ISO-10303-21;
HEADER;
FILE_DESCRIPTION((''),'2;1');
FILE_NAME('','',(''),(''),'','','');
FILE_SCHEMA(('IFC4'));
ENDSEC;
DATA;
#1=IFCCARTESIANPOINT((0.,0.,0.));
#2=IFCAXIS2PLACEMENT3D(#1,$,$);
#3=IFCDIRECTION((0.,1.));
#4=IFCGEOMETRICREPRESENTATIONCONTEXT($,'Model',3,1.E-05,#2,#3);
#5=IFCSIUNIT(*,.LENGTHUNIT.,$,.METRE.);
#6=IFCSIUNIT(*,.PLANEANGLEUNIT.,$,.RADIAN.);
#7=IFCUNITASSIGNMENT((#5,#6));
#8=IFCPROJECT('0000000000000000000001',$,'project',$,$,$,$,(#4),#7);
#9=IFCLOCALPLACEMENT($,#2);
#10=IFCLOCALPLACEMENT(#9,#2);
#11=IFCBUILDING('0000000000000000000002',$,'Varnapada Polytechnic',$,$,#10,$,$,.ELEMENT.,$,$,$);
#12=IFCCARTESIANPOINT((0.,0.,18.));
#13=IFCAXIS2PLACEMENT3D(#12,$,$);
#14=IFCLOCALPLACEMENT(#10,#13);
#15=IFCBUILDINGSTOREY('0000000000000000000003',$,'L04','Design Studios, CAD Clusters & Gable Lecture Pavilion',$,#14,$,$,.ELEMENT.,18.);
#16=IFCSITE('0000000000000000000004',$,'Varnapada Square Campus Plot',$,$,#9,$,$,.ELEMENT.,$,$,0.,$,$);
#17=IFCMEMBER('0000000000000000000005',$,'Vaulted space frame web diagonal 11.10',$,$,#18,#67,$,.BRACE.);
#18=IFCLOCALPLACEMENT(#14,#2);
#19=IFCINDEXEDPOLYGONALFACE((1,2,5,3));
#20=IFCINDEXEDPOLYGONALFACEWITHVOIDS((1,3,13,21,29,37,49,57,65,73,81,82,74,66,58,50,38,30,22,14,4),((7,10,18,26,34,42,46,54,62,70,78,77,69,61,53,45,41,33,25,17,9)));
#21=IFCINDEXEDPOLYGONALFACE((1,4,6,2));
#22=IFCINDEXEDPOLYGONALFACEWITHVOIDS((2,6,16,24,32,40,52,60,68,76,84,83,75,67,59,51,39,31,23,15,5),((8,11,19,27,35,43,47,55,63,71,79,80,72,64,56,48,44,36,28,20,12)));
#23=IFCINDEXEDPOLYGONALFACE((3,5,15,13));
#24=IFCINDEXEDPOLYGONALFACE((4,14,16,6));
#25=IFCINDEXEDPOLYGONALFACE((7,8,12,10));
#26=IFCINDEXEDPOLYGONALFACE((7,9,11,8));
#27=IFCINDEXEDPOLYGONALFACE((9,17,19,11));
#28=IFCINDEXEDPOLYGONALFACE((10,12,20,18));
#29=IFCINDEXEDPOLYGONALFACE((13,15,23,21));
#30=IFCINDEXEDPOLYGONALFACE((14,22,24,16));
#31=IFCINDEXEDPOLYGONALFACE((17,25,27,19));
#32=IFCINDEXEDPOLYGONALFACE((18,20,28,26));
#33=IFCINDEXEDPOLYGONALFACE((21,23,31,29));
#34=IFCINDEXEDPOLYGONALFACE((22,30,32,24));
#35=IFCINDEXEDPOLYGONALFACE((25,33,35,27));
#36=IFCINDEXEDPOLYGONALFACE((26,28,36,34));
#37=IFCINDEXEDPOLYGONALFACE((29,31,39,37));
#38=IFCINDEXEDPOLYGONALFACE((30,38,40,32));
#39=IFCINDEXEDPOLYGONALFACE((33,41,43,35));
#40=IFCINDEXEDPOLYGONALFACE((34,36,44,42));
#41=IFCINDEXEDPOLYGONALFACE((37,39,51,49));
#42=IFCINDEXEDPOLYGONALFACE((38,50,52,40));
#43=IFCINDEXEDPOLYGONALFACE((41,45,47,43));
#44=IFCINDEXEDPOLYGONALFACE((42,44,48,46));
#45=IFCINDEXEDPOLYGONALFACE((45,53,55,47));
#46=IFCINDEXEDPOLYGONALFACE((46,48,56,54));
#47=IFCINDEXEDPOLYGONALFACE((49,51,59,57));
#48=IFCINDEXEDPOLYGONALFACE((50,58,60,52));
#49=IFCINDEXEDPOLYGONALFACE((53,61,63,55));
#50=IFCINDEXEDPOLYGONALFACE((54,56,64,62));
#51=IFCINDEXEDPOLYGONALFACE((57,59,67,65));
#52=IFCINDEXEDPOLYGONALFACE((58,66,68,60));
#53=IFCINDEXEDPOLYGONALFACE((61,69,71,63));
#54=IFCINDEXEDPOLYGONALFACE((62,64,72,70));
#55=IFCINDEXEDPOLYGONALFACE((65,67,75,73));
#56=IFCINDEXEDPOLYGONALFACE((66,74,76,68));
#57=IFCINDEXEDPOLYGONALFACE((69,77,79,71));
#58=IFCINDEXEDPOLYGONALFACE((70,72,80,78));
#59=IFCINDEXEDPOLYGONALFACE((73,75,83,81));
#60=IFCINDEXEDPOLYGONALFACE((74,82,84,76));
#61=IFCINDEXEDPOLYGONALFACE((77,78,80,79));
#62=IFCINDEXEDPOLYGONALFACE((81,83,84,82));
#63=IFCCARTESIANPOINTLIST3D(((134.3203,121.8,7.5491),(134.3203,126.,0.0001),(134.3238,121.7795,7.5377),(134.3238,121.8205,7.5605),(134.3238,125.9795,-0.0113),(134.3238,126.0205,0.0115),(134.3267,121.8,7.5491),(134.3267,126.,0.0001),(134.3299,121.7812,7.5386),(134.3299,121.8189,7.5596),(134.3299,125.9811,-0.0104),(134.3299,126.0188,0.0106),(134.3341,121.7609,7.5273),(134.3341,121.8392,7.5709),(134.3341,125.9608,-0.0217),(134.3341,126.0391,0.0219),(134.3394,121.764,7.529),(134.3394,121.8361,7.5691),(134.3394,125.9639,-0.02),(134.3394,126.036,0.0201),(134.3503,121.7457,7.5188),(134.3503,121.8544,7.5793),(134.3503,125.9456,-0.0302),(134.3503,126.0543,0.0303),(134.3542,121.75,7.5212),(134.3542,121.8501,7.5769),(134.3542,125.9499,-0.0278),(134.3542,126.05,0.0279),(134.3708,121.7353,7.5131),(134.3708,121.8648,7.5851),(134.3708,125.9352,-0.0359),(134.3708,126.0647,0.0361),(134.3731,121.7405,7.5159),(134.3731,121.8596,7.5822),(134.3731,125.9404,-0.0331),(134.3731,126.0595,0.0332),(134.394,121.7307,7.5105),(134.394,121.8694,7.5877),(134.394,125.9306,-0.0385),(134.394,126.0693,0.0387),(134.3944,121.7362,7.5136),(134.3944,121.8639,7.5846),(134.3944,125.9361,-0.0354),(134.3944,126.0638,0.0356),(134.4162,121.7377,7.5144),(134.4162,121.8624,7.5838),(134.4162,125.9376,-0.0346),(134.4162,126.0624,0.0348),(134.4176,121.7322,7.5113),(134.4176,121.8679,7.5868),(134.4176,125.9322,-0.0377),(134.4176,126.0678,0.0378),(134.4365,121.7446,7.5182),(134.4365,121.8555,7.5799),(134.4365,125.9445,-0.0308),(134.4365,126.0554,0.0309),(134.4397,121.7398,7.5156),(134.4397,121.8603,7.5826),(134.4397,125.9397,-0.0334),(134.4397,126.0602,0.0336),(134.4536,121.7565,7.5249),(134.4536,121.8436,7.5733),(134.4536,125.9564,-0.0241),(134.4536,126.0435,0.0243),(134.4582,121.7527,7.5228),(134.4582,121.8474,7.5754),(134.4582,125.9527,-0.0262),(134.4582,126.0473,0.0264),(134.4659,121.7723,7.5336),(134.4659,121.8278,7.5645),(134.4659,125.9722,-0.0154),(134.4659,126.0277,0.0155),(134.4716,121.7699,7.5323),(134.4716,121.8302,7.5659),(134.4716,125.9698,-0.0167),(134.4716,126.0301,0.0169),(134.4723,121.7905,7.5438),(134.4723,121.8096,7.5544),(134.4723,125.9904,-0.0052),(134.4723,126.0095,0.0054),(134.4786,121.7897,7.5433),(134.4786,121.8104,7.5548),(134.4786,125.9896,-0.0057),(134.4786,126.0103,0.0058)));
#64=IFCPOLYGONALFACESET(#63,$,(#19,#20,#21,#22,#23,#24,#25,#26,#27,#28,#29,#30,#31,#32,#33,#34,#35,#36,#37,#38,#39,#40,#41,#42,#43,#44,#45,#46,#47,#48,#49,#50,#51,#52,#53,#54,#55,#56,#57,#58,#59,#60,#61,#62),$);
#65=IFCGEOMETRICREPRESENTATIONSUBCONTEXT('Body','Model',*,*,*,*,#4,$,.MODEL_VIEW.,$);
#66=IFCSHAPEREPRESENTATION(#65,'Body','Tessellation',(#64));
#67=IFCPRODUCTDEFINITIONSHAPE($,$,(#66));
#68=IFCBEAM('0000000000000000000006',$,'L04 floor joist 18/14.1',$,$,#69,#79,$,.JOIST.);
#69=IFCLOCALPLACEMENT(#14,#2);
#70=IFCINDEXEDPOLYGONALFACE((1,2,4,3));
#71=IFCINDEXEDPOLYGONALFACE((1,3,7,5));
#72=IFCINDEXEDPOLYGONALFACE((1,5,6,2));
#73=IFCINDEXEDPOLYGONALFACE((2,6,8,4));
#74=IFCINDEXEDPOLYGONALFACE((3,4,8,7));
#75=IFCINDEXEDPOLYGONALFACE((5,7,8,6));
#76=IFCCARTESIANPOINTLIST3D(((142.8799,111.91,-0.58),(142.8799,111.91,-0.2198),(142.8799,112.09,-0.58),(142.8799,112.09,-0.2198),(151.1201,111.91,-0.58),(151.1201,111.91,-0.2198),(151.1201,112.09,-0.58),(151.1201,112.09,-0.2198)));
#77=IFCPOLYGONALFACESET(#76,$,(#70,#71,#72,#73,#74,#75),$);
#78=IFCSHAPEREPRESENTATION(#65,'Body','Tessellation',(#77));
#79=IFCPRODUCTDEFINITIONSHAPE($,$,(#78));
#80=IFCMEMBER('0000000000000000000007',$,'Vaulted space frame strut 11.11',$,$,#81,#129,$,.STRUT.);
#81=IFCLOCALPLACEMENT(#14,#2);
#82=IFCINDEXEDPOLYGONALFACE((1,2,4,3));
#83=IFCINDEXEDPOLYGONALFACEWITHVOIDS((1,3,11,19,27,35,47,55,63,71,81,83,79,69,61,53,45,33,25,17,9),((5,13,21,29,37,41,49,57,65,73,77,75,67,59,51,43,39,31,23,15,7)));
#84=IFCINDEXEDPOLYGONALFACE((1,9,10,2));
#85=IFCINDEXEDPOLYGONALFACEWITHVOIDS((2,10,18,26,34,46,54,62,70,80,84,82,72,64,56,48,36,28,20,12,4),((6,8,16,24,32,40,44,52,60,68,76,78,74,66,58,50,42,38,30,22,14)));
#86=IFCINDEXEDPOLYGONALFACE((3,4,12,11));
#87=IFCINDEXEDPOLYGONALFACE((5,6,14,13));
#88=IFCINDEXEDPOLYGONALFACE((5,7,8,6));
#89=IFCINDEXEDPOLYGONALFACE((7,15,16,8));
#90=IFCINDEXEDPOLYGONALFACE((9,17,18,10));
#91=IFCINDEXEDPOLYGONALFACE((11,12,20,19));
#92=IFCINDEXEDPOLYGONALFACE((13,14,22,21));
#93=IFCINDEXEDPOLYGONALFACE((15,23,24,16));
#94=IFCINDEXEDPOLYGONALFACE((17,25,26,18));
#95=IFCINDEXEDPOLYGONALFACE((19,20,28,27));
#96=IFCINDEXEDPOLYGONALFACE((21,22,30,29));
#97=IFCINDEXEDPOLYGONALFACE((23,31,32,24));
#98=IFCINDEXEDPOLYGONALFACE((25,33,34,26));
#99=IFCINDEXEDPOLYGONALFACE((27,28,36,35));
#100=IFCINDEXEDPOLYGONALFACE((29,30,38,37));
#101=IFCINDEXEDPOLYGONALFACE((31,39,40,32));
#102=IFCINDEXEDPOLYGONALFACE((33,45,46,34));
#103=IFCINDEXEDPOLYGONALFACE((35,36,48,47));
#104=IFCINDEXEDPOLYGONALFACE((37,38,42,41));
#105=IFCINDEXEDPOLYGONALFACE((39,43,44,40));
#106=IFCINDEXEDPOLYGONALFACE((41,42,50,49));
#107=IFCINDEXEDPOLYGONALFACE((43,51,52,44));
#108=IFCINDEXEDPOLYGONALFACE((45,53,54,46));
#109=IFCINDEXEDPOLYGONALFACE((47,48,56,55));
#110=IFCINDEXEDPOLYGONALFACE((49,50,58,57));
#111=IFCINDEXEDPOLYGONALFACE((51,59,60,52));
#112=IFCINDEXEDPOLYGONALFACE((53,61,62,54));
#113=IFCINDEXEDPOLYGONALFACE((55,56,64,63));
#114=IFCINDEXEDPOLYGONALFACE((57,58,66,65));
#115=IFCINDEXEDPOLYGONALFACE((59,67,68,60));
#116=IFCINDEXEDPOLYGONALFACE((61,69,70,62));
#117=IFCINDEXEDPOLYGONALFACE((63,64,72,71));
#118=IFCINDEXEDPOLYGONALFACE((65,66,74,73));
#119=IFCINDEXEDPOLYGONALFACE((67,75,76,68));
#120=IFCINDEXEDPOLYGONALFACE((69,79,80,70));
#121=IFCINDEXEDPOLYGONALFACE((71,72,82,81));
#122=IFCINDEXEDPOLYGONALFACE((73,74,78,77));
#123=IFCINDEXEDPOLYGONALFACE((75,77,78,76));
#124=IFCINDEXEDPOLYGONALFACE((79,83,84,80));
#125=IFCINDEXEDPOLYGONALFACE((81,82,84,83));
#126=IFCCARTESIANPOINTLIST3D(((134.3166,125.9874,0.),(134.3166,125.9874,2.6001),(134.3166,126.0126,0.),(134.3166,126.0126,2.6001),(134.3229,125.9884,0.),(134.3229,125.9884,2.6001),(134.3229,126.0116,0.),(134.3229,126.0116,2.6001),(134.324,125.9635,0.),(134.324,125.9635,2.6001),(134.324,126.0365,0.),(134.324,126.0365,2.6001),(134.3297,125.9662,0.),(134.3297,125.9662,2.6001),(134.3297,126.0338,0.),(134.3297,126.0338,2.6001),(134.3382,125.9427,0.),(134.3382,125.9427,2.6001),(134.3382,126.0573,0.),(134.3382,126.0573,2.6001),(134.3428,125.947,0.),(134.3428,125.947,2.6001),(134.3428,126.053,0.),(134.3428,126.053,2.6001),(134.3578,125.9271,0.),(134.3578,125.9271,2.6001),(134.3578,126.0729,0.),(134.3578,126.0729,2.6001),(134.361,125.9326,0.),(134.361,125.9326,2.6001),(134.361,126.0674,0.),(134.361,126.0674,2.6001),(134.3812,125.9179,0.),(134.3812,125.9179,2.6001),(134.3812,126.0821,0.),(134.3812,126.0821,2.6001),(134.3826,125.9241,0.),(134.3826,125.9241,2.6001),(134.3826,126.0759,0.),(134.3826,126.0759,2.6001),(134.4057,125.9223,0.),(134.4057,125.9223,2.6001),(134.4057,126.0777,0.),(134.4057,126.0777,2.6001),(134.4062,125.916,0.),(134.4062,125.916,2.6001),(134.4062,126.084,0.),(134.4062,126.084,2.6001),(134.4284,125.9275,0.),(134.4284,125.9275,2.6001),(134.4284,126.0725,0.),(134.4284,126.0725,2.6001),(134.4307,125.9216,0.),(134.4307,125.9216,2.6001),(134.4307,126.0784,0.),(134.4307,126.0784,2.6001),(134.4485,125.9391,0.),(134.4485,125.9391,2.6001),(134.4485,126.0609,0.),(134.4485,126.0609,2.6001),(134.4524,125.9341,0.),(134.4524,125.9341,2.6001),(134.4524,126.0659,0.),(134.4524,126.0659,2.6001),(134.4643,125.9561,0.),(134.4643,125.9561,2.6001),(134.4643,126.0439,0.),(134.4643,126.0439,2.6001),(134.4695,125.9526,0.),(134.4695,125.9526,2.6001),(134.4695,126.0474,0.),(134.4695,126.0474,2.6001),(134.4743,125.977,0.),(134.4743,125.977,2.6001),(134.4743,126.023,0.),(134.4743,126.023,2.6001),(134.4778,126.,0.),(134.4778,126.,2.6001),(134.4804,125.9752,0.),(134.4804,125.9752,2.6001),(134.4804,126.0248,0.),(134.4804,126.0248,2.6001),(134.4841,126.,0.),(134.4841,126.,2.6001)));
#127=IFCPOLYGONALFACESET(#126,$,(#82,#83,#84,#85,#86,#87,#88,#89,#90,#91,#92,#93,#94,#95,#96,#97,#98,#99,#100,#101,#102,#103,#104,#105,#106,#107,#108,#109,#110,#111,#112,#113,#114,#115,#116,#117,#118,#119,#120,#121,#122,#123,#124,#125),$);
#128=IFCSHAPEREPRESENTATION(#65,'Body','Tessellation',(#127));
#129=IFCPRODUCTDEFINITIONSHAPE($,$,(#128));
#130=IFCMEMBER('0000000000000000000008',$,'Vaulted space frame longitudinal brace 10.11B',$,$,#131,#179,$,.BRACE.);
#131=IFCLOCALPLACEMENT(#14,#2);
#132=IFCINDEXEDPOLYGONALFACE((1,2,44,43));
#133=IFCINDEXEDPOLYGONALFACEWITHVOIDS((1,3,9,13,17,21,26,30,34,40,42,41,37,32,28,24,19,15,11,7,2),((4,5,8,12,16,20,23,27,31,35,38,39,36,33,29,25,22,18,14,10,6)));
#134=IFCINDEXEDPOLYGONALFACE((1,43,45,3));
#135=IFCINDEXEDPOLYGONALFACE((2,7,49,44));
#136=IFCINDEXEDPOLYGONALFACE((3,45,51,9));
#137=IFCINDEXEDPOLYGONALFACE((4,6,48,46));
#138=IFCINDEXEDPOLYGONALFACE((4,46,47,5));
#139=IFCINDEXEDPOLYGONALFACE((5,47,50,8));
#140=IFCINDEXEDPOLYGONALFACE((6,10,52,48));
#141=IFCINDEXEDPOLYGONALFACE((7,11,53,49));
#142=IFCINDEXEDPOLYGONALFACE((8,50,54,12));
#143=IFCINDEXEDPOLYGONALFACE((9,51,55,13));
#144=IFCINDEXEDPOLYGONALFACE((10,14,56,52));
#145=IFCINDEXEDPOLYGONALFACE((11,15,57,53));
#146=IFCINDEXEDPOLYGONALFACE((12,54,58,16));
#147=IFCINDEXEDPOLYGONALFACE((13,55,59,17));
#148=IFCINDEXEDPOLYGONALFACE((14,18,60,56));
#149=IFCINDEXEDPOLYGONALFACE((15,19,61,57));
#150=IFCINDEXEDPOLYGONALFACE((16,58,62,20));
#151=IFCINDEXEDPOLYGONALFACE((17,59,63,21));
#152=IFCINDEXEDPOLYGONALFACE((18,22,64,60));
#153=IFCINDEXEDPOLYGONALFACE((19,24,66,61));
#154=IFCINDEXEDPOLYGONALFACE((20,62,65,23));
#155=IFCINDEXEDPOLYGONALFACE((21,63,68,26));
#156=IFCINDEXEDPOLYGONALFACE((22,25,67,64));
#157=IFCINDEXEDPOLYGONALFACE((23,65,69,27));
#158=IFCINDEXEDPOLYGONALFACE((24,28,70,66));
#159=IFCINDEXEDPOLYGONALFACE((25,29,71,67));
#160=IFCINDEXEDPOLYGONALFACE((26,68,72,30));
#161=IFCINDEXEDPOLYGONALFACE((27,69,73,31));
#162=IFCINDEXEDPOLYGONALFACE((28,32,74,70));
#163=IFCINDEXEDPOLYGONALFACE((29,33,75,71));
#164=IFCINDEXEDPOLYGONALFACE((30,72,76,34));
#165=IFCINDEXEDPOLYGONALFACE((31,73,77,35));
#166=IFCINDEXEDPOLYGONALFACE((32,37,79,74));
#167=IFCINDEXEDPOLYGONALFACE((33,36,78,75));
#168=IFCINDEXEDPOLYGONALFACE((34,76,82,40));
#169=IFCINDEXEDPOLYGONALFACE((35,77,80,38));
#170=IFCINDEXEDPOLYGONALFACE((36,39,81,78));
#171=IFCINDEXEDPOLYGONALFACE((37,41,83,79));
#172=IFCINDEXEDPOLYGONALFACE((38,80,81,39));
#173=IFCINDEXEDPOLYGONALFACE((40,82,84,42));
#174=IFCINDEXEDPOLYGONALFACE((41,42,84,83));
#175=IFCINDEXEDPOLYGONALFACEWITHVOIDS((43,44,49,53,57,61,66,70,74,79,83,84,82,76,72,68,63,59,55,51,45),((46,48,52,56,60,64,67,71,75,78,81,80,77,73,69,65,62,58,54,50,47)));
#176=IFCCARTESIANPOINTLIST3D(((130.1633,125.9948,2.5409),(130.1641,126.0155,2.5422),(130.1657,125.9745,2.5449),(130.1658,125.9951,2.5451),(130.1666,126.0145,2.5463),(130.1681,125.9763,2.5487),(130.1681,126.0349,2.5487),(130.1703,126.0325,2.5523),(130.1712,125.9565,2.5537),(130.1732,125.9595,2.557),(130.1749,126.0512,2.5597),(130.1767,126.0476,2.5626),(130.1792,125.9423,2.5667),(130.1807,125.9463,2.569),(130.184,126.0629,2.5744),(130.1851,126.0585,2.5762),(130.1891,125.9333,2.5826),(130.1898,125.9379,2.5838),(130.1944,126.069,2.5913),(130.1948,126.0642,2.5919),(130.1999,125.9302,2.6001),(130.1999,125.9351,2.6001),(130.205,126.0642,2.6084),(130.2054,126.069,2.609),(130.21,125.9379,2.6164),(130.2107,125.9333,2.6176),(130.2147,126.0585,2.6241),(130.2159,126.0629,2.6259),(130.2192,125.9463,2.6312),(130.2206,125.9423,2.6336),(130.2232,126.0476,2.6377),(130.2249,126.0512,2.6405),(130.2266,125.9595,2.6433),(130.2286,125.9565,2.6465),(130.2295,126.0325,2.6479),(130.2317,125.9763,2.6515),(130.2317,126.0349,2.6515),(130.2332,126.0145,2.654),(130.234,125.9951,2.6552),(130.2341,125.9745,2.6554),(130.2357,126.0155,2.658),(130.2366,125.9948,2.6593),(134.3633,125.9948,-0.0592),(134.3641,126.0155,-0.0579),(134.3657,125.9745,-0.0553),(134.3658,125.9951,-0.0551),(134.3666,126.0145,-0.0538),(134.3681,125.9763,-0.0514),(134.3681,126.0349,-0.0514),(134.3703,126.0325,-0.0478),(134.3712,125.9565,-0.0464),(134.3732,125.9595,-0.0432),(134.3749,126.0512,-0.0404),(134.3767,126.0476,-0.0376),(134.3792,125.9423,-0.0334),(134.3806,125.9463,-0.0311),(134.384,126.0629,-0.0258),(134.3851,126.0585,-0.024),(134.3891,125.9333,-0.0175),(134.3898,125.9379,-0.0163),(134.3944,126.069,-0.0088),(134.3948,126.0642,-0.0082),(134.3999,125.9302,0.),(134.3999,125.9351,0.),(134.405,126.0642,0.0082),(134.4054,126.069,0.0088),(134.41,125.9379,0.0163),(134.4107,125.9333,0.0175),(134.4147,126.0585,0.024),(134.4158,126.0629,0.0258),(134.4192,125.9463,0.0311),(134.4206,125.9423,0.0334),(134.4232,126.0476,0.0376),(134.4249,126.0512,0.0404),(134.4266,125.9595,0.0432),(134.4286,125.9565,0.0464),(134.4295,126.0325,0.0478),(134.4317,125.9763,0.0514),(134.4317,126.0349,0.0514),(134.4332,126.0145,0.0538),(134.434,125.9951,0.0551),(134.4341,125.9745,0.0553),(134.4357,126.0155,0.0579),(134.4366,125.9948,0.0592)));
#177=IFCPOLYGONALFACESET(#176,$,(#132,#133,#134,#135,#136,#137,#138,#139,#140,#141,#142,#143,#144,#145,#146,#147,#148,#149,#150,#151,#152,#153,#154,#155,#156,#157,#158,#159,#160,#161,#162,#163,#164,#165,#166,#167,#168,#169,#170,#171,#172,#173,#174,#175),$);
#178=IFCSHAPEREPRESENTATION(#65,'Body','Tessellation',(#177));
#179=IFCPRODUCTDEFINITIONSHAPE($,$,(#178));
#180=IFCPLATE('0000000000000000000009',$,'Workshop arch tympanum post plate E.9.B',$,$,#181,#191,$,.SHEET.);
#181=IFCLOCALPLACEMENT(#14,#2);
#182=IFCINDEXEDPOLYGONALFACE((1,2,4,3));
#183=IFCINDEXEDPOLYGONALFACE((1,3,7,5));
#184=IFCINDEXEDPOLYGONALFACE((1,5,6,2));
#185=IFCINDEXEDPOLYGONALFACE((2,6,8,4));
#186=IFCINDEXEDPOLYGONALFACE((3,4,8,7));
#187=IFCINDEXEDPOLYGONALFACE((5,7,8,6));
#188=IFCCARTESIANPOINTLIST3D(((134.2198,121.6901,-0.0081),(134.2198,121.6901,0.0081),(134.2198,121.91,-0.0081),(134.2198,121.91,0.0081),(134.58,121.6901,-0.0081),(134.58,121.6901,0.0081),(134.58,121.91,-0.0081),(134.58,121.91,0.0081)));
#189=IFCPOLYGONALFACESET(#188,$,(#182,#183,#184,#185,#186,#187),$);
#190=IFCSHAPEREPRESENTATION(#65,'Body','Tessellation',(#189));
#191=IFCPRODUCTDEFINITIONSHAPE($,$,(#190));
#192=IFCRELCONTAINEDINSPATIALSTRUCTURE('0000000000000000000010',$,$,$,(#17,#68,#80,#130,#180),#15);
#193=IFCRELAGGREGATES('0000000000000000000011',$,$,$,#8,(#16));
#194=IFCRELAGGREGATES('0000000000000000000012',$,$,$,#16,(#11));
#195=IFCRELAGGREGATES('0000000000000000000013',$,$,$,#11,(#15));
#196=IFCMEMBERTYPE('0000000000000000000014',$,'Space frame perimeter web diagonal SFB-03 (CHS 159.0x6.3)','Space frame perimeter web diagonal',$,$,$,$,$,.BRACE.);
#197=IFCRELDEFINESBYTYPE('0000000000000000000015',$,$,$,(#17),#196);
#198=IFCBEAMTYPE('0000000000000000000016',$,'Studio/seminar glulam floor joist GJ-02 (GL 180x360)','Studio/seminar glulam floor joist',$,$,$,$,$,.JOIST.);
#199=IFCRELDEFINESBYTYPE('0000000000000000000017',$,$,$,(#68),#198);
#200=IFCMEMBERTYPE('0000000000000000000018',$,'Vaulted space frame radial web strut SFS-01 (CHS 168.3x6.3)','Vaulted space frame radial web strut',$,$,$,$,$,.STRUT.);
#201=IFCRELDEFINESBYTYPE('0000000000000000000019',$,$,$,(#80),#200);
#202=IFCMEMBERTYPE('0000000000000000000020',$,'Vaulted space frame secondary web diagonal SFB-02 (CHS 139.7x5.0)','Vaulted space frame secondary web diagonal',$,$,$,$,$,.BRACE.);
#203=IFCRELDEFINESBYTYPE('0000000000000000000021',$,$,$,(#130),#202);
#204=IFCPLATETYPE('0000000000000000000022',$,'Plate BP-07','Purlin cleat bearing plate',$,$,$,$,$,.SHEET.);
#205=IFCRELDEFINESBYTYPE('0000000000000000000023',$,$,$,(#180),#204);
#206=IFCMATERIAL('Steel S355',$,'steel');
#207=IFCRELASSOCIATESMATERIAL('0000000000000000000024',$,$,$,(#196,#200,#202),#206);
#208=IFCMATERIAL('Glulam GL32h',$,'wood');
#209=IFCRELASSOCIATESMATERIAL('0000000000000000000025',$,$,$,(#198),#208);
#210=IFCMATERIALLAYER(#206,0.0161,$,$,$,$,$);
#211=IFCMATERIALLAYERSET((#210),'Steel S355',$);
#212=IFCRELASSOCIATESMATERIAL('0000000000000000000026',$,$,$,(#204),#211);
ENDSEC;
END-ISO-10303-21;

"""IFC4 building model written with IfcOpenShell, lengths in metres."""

from ifc_helpers import new_model, si_unit, direction, frame, origin, origin_2d, place, context, subcontext, project, spatial, rectangle, hollow_circle, extrude, material, layer, layer_set, material_profile, profile_set, type_object, element, save


model = new_model("IFC4")

# Units and contexts
model_context = context("Model", 3, precision=1e-05, world=origin(), true_north=direction((0.0, 1.0)))
body_context = subcontext(model_context, "Body", "Model", "MODEL_VIEW")
ifc_project = project(units=[si_unit("LENGTHUNIT", "METRE"), si_unit("PLANEANGLEUNIT", "RADIAN")], contexts=[model_context])

# Site, building, storey
site_placement = place(None, origin())
site = spatial("IfcSite", under=ifc_project, at=site_placement, Name="Varnapada Square Campus Plot", CompositionType="ELEMENT", RefElevation=0.0)
building_placement = place(site_placement, origin())
building = spatial("IfcBuilding", under=site, at=building_placement, Name="Varnapada Polytechnic", CompositionType="ELEMENT")
storey_placement = place(building_placement, frame((0.0, 0.0, 18.0)))
storey = spatial("IfcBuildingStorey", under=building, at=storey_placement, Name="L04", Description="Design Studios, CAD Clusters & Gable Lecture Pavilion", CompositionType="ELEMENT", Elevation=18.0)

# Shared definitions
ifc_material_1 = material(Name="Glulam GL32h", Category="wood")

# Shared definitions
ifc_material_2 = material(Name="Steel S355", Category="steel")

# Member
ifc_material_profile_1 = material_profile(ifc_material_2, hollow_circle(Radius=0.0796, WallThickness=0.0063, at=origin_2d()), Name="CHS 159.0x6.3")
ifc_profile_set_1 = profile_set([ifc_material_profile_1], Name="Steel S355")
member_type_1 = type_object("IfcMemberType", Name="Space frame perimeter web diagonal SFB-03 (CHS 159.0x6.3)", Description="Space frame perimeter web diagonal", PredefinedType="BRACE", material=ifc_profile_set_1)
member_1_placement = place(storey_placement, frame((134.3999, 121.8, 7.5491), z_axis=(0.0, 0.486176, -0.873861), x_axis=(-1.0, 0.0, 0.0)))
element("IfcMember", 1, at=member_1_placement, inside=storey, type_object=member_type_1, Name="Vaulted space frame web diagonal 11.10", PredefinedType="BRACE", context=body_context, shape_type="SweptSolid", body=[
    extrude(hollow_circle(Radius=0.0796, WallThickness=0.0063, at=origin_2d()), origin(), (0.0, 0.0, 1.0), 8.6387),
])

# Beam
ifc_material_profile_2 = material_profile(ifc_material_1, rectangle(XDim=0.1799, YDim=0.3601, at=origin_2d()), Name="GL 180x360")
ifc_profile_set_2 = profile_set([ifc_material_profile_2], Name="Glulam GL32h")
beam_type_1 = type_object("IfcBeamType", Name="Studio/seminar glulam floor joist GJ-02 (GL 180x360)", Description="Studio/seminar glulam floor joist", PredefinedType="JOIST", material=ifc_profile_set_2)
beam_1_placement = place(storey_placement, frame((142.8799, 112.0, -0.3999), z_axis=(1.0, 0.0, 0.0), x_axis=(0.0, 1.0, 0.0)))
element("IfcBeam", 2, at=beam_1_placement, inside=storey, type_object=beam_type_1, Name="L04 floor joist 18/14.1", PredefinedType="JOIST", context=body_context, shape_type="SweptSolid", body=[
    extrude(rectangle(XDim=0.1799, YDim=0.3601, at=origin_2d()), origin(), (0.0, 0.0, 1.0), 8.2402),
])

# Members
ifc_material_profile_3 = material_profile(ifc_material_2, hollow_circle(Radius=0.0842, WallThickness=0.0063, at=origin_2d()), Name="CHS 168.3x6.3")
ifc_profile_set_3 = profile_set([ifc_material_profile_3], Name="Steel S355")
member_type_2 = type_object("IfcMemberType", Name="Vaulted space frame radial web strut SFS-01 (CHS 168.3x6.3)", Description="Vaulted space frame radial web strut", PredefinedType="STRUT", material=ifc_profile_set_3)
member_2_placement = place(storey_placement, frame((134.3999, 126.0, 0.0), z_axis=(0.0, 0.0, 1.0), x_axis=(1.0, 0.0, 0.0)))
element("IfcMember", 3, at=member_2_placement, inside=storey, type_object=member_type_2, Name="Vaulted space frame strut 11.11", PredefinedType="STRUT", context=body_context, shape_type="SweptSolid", body=[
    extrude(hollow_circle(Radius=0.0842, WallThickness=0.0063, at=origin_2d()), origin(), (0.0, 0.0, 1.0), 2.6001),
])
ifc_material_profile_4 = material_profile(ifc_material_2, hollow_circle(Radius=0.0698, WallThickness=0.0049, at=origin_2d()), Name="CHS 139.7x5.0")
ifc_profile_set_4 = profile_set([ifc_material_profile_4], Name="Steel S355")
member_type_3 = type_object("IfcMemberType", Name="Vaulted space frame secondary web diagonal SFB-02 (CHS 139.7x5.0)", Description="Vaulted space frame secondary web diagonal", PredefinedType="BRACE", material=ifc_profile_set_4)
member_3_placement = place(storey_placement, frame((134.3999, 126.0, 0.0), z_axis=(-0.850254, 0.0, 0.526373), x_axis=(0.0, -1.0, 0.0)))
element("IfcMember", 4, at=member_3_placement, inside=storey, type_object=member_type_3, Name="Vaulted space frame longitudinal brace 10.11B", PredefinedType="BRACE", context=body_context, shape_type="SweptSolid", body=[
    extrude(hollow_circle(Radius=0.0698, WallThickness=0.0049, at=origin_2d()), origin(), (0.0, 0.0, 1.0), 4.9397),
])

# Plate
ifc_layer_1 = layer(ifc_material_2, 0.0161)
ifc_layer_set_1 = layer_set([ifc_layer_1], Name="Steel S355")
plate_type_1 = type_object("IfcPlateType", Name="Plate BP-07", Description="Purlin cleat bearing plate", PredefinedType="SHEET", material=ifc_layer_set_1)
for number, where, z_axis, x_axis, name in (
    (5, (134.3999, 121.8, -0.0081), (0.0, 0.0, 1.0), (1.0, 0.0, 0.0), "Workshop arch tympanum post plate E.9.B"),
):
    element("IfcPlate", number, at=place(storey_placement, frame(where, z_axis=z_axis, x_axis=x_axis)), inside=storey, type_object=plate_type_1, Name=name, PredefinedType="SHEET", context=body_context, shape_type="SweptSolid", body=[
        extrude(rectangle(XDim=0.3601, YDim=0.22, at=origin_2d()), origin(), (0.0, 0.0, 1.0), 0.0161),
    ])

save(model, "model.ifc")
